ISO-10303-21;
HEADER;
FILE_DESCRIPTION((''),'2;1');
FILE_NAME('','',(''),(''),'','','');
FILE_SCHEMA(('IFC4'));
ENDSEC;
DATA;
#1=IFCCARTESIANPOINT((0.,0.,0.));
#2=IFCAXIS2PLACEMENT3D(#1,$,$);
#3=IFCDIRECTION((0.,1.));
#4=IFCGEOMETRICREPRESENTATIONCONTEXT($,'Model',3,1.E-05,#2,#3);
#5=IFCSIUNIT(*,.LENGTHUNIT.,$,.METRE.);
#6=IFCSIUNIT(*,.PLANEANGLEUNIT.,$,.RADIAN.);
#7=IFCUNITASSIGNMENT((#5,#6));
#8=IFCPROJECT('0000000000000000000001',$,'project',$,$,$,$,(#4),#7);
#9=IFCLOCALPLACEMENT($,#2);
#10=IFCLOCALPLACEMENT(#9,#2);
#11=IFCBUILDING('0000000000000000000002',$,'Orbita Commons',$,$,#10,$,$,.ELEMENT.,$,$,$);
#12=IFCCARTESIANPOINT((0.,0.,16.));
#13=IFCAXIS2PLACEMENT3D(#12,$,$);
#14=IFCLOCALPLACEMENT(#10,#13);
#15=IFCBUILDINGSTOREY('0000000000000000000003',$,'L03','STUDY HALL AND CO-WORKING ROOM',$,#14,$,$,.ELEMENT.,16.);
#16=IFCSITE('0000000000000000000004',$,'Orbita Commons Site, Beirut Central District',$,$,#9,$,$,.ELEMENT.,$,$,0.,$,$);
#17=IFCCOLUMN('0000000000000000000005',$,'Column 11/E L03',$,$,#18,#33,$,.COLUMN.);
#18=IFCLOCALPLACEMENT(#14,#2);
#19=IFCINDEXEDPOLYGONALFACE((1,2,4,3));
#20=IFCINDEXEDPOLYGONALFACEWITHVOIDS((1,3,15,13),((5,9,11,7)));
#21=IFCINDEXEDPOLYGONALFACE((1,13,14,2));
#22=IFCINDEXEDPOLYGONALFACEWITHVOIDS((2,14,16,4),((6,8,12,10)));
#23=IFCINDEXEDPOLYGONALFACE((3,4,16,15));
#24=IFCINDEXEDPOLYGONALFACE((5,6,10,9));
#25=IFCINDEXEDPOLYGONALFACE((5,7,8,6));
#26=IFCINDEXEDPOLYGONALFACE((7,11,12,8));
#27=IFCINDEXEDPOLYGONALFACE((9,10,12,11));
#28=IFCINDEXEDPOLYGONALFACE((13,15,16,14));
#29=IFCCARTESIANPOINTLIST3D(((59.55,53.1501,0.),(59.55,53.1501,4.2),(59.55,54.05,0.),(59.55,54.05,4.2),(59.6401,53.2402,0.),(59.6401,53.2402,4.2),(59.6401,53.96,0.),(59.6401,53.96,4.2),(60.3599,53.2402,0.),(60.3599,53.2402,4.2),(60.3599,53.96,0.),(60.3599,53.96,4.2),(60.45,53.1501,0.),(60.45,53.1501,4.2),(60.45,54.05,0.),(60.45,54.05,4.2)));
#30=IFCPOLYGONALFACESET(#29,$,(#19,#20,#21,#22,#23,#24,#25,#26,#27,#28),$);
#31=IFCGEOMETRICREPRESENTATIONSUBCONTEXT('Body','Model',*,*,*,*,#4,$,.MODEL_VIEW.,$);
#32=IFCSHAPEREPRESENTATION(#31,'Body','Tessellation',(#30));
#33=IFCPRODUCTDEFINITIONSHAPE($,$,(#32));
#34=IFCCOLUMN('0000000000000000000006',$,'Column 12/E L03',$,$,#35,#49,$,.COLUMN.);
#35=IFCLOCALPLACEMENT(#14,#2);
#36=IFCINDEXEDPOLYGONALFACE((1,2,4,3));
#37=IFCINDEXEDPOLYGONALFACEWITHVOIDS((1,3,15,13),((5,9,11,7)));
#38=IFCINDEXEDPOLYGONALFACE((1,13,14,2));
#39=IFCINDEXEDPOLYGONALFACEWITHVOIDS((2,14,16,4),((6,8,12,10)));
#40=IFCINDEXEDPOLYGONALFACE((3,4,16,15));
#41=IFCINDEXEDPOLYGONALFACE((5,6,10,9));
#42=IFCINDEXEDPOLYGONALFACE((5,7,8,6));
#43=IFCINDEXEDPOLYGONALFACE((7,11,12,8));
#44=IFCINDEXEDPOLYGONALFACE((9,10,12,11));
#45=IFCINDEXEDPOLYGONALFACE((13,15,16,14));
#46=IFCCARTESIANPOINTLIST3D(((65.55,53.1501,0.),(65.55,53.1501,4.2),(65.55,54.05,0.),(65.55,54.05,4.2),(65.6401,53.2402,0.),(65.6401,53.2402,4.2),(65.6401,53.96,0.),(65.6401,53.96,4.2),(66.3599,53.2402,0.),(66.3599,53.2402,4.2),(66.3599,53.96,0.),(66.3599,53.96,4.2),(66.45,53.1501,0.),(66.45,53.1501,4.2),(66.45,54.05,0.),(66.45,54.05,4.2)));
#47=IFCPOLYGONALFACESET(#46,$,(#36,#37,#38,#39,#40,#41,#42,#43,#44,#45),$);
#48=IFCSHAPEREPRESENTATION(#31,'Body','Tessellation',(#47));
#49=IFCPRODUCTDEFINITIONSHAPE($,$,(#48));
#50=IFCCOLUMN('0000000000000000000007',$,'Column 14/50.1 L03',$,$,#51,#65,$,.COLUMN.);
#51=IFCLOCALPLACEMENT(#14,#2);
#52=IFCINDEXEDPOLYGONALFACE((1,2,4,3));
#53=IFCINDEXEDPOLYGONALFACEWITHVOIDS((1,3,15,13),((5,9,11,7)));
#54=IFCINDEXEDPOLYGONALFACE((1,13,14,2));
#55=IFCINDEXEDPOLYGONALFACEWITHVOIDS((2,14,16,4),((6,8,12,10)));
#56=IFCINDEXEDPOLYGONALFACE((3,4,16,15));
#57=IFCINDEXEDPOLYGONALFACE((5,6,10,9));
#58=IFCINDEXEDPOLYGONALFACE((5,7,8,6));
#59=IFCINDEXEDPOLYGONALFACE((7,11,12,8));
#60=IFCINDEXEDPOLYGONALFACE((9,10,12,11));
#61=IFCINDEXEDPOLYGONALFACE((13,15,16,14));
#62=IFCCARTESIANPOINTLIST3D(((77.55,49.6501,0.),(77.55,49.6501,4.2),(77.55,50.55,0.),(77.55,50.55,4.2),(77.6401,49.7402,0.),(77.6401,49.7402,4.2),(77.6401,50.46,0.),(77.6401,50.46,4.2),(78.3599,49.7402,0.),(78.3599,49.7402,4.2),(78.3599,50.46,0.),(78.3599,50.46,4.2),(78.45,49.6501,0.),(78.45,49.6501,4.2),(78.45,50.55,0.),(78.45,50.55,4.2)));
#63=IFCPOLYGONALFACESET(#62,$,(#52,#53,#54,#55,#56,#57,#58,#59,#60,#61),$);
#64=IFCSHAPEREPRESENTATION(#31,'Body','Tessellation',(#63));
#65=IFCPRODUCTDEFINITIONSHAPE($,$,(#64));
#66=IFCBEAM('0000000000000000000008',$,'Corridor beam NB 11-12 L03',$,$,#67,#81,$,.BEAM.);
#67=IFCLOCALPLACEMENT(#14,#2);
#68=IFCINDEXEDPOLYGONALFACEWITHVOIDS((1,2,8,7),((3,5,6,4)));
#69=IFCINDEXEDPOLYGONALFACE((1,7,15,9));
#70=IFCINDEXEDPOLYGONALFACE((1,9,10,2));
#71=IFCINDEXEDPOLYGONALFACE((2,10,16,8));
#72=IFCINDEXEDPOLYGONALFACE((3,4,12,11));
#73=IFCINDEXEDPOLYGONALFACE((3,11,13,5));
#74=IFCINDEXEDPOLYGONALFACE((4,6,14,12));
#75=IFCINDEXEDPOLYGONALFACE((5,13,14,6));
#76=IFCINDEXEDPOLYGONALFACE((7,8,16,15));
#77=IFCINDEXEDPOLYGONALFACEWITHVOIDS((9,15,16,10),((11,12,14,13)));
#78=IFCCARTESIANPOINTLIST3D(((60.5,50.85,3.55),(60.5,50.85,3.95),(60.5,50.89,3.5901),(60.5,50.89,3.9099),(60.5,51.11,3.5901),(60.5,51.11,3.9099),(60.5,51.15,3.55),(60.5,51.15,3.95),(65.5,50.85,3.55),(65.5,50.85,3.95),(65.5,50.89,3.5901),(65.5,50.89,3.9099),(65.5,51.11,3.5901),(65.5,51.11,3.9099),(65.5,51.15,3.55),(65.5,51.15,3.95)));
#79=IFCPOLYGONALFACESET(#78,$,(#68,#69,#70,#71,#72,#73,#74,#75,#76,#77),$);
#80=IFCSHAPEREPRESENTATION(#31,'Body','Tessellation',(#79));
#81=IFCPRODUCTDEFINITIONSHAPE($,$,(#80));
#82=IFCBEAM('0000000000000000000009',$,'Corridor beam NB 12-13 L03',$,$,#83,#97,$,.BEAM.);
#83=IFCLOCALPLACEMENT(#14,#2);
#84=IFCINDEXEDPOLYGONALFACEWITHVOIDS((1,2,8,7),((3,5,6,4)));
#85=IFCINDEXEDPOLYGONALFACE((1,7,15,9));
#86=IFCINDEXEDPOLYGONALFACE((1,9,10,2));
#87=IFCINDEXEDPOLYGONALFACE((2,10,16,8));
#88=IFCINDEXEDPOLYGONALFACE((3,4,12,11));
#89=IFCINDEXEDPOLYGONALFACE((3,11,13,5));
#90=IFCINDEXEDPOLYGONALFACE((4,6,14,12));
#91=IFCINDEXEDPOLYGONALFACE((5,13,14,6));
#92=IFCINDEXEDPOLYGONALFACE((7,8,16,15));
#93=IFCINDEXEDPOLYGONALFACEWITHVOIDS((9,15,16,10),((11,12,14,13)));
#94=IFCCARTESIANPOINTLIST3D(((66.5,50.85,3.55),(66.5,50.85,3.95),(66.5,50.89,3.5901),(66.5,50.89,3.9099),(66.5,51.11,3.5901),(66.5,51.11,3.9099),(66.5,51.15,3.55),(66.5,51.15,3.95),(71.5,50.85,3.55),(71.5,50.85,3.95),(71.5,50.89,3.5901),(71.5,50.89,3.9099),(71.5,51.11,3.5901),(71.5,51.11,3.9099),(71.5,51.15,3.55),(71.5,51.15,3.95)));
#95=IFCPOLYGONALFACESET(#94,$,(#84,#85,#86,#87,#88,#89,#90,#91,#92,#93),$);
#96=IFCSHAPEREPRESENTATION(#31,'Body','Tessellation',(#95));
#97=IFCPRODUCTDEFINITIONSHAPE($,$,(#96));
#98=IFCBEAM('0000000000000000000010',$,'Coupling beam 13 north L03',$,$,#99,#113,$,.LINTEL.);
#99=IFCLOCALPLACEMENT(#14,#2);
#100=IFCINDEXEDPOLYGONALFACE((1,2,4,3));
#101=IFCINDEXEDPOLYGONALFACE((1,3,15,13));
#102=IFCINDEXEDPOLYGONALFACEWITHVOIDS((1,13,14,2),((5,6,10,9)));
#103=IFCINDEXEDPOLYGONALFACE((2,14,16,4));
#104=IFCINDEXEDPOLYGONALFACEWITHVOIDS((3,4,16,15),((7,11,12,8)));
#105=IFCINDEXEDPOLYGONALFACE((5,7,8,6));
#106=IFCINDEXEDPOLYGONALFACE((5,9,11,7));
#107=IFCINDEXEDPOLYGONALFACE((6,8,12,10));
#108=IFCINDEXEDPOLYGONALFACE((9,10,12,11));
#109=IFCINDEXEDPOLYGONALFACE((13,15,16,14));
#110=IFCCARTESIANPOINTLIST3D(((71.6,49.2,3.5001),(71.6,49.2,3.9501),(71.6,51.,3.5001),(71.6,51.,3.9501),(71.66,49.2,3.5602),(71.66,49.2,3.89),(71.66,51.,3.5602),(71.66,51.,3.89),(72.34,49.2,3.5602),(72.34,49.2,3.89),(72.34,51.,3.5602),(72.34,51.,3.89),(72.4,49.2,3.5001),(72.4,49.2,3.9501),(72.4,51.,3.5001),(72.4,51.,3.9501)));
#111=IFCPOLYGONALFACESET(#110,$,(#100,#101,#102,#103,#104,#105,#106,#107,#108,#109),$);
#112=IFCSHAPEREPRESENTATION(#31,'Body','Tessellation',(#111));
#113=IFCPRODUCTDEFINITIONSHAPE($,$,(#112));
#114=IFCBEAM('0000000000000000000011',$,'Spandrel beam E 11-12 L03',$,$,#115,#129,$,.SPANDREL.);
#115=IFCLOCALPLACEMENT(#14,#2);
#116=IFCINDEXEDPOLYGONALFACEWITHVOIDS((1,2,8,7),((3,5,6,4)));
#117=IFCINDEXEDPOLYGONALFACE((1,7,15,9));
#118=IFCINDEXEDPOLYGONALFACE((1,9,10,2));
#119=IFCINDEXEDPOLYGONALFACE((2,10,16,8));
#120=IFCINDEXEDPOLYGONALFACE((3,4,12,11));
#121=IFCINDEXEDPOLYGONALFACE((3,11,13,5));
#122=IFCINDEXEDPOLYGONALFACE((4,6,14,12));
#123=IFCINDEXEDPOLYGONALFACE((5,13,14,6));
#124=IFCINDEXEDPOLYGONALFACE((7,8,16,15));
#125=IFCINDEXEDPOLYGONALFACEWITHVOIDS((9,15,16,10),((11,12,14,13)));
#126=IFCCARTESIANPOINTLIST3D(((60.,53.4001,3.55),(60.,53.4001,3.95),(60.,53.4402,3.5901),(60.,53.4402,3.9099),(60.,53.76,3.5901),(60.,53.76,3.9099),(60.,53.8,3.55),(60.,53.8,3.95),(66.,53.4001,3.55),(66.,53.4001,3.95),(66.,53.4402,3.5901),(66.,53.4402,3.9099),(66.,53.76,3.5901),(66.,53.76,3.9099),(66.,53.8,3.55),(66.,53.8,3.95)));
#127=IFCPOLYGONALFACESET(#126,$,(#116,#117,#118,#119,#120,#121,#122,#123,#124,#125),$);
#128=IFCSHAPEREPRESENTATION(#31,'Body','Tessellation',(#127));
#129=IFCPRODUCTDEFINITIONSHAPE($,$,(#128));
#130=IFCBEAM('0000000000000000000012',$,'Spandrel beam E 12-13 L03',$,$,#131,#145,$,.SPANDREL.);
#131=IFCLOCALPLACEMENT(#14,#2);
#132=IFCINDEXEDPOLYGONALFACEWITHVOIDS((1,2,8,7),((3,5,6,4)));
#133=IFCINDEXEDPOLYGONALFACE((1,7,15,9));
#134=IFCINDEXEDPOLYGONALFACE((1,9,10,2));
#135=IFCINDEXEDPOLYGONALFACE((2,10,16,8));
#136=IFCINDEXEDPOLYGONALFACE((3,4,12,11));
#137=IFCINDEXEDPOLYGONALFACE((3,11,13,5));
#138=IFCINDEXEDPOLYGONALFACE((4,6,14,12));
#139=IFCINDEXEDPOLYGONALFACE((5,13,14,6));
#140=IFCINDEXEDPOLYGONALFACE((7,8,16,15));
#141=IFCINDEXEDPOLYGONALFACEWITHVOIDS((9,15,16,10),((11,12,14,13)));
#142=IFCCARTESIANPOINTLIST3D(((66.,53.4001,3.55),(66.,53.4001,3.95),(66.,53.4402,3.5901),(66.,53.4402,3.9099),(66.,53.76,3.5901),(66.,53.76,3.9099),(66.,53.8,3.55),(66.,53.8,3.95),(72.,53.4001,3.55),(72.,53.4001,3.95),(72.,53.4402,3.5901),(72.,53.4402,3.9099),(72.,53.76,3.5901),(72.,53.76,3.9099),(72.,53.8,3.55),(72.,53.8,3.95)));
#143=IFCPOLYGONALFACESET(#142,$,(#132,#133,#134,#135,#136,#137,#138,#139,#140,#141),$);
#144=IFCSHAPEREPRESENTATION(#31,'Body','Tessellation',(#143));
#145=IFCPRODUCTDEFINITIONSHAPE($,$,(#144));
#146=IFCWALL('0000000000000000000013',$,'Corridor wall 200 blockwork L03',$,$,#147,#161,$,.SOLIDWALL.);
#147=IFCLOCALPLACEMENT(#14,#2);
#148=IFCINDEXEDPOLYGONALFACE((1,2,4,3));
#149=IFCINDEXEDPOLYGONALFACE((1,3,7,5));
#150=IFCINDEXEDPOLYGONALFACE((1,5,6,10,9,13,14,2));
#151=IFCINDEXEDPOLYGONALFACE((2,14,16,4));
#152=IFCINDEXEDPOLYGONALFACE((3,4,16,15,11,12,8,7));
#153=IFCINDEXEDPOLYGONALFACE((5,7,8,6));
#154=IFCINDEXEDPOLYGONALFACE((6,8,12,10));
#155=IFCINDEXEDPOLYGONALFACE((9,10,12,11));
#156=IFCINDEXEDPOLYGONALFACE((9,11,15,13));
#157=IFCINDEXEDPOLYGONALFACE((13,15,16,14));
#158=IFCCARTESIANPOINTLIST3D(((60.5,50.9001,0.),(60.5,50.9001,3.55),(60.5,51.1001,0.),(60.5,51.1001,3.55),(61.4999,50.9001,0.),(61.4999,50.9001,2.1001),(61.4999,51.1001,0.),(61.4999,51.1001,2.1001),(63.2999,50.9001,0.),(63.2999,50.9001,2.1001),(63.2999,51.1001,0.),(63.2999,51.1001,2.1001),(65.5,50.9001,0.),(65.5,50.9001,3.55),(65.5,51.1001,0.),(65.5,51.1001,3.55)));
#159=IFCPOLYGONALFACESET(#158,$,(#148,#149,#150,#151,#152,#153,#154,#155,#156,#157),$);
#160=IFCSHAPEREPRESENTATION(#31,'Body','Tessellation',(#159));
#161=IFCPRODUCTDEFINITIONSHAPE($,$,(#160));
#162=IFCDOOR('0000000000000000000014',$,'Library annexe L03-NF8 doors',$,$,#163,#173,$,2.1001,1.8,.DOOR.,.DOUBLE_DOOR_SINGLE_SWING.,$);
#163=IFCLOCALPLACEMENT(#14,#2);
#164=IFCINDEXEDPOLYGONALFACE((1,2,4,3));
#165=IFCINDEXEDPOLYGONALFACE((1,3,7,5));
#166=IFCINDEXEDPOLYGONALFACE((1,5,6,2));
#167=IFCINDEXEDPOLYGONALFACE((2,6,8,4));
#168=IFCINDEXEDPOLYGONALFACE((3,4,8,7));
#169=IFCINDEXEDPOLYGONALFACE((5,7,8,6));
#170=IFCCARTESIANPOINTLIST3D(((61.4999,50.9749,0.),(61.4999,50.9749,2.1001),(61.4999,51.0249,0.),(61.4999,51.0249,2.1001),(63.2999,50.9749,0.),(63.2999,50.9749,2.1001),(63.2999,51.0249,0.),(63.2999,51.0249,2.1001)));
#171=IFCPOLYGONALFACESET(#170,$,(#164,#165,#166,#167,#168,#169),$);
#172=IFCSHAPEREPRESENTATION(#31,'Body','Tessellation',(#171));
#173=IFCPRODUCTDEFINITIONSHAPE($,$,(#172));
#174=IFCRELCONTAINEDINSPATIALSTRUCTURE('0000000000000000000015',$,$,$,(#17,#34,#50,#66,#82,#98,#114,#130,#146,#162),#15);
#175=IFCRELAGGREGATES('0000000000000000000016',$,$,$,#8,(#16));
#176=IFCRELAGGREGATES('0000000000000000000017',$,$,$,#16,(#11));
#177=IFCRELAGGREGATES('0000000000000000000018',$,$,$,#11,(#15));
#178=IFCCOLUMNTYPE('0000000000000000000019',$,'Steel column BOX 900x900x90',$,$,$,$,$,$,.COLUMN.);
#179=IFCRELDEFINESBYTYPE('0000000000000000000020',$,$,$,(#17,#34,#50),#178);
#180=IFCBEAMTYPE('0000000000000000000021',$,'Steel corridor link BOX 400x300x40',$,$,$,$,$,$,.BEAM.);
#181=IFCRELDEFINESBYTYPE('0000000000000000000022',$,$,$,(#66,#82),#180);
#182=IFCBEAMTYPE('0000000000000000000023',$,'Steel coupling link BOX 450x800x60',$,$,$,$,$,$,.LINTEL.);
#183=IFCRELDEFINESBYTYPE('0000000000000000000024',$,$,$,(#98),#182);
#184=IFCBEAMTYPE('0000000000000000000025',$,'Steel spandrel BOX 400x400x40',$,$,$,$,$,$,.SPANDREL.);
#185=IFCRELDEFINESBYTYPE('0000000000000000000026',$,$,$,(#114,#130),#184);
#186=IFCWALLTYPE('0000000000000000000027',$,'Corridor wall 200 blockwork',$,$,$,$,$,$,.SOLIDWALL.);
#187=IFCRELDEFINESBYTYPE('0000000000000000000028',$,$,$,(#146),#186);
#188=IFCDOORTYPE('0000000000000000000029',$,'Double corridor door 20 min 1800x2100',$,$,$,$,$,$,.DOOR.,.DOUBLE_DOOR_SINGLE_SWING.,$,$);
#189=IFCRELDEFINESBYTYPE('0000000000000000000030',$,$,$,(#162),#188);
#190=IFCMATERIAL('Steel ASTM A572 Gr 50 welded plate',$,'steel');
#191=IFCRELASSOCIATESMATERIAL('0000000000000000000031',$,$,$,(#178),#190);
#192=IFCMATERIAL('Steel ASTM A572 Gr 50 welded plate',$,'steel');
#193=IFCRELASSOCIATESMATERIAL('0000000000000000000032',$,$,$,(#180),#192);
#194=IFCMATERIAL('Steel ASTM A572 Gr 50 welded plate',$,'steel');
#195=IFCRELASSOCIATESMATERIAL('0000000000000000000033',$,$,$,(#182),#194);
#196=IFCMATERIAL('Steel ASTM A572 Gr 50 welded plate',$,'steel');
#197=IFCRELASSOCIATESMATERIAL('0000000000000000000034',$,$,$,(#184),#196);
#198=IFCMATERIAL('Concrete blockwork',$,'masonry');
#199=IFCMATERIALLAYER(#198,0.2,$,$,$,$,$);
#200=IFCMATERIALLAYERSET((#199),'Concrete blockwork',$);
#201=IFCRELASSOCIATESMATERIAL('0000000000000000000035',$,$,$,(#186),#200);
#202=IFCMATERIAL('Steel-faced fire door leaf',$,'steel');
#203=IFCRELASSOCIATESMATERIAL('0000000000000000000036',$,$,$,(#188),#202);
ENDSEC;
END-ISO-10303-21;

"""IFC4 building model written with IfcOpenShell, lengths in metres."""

from ifc_helpers import new_model, si_unit, direction, frame, frame_2d, origin, origin_2d, place, context, subcontext, project, spatial, polyline, rectangle, hollow_rectangle, outline, extrude, material, layer, layer_set, material_profile, profile_set, type_object, element, fill, save


model = new_model("IFC4")

# Units and contexts
model_context = context("Model", 3, precision=1e-05, world=origin(), true_north=direction((0.0, 1.0)))
body_context = subcontext(model_context, "Body", "Model", "MODEL_VIEW")
ifc_project = project(units=[si_unit("LENGTHUNIT", "METRE"), si_unit("PLANEANGLEUNIT", "RADIAN")], contexts=[model_context])

# Site, building, storey
site_placement = place(None, origin())
site = spatial("IfcSite", under=ifc_project, at=site_placement, Name="Orbita Commons Site, Beirut Central District", CompositionType="ELEMENT", RefElevation=0.0)
building_placement = place(site_placement, origin())
building = spatial("IfcBuilding", under=site, at=building_placement, Name="Orbita Commons", CompositionType="ELEMENT")
storey_placement = place(building_placement, frame((0.0, 0.0, 16.0)))
storey = spatial("IfcBuildingStorey", under=building, at=storey_placement, Name="L03", Description="STUDY HALL AND CO-WORKING ROOM", CompositionType="ELEMENT", Elevation=16.0)

# Columns
ifc_material_1 = material(Name="Steel ASTM A572 Gr 50 welded plate", Category="steel")
ifc_material_profile_1 = material_profile(ifc_material_1, hollow_rectangle(XDim=0.8999, YDim=0.8999, WallThickness=0.0901, at=origin_2d()), Name="BOX 900x900x90")
ifc_profile_set_1 = profile_set([ifc_material_profile_1], Name="Steel ASTM A572 Gr 50 welded plate")
column_type = type_object("IfcColumnType", Name="Steel column BOX 900x900x90", PredefinedType="COLUMN", material=ifc_profile_set_1)
for number, where, z_axis, x_axis, name in (
    (1, (60.0, 53.6001, 0.0), (0.0, 0.0, 1.0), (1.0, 0.0, 0.0), "Column 11/E L03"),
    (2, (66.0, 53.6001, 0.0), (0.0, 0.0, 1.0), (1.0, 0.0, 0.0), "Column 12/E L03"),
    (3, (78.0, 50.1001, 0.0), (0.0, 0.0, 1.0), (1.0, 0.0, 0.0), "Column 14/50.1 L03"),
):
    element("IfcColumn", number, at=place(storey_placement, frame(where, z_axis=z_axis, x_axis=x_axis)), inside=storey, type_object=column_type, Name=name, PredefinedType="COLUMN", context=body_context, shape_type="SweptSolid", body=[
        extrude(hollow_rectangle(XDim=0.8999, YDim=0.8999, WallThickness=0.0901, at=origin_2d()), origin(), (0.0, 0.0, 1.0), 4.2),
    ])

# Beams
ifc_material_2 = material(Name="Steel ASTM A572 Gr 50 welded plate", Category="steel")
ifc_material_profile_2 = material_profile(ifc_material_2, hollow_rectangle(XDim=0.3, YDim=0.3999, WallThickness=0.04, at=origin_2d()), Name="BOX 400x300x40")
ifc_profile_set_2 = profile_set([ifc_material_profile_2], Name="Steel ASTM A572 Gr 50 welded plate")
beam_type_1 = type_object("IfcBeamType", Name="Steel corridor link BOX 400x300x40", PredefinedType="BEAM", material=ifc_profile_set_2)
for number, where, z_axis, x_axis, name in (
    (4, (60.5, 51.0, 3.75), (1.0, 0.0, 0.0), (0.0, 1.0, 0.0), "Corridor beam NB 11-12 L03"),
    (5, (66.5, 51.0, 3.75), (1.0, 0.0, 0.0), (0.0, 1.0, 0.0), "Corridor beam NB 12-13 L03"),
):
    element("IfcBeam", number, at=place(storey_placement, frame(where, z_axis=z_axis, x_axis=x_axis)), inside=storey, type_object=beam_type_1, Name=name, PredefinedType="BEAM", context=body_context, shape_type="SweptSolid", body=[
        extrude(hollow_rectangle(XDim=0.3, YDim=0.3999, WallThickness=0.04, at=origin_2d()), origin(), (0.0, 0.0, 1.0), 5.0),
    ])
ifc_material_3 = material(Name="Steel ASTM A572 Gr 50 welded plate", Category="steel")
ifc_material_profile_3 = material_profile(ifc_material_3, hollow_rectangle(XDim=0.8, YDim=0.45, WallThickness=0.0601, at=origin_2d()), Name="BOX 450x800x60")
ifc_profile_set_3 = profile_set([ifc_material_profile_3], Name="Steel ASTM A572 Gr 50 welded plate")
beam_type_2 = type_object("IfcBeamType", Name="Steel coupling link BOX 450x800x60", PredefinedType="LINTEL", material=ifc_profile_set_3)
beam_placement = place(storey_placement, frame((72.0, 49.2, 3.7251), z_axis=(0.0, 1.0, 0.0), x_axis=(-1.0, 0.0, 0.0)))
element("IfcBeam", 6, at=beam_placement, inside=storey, type_object=beam_type_2, Name="Coupling beam 13 north L03", PredefinedType="LINTEL", context=body_context, shape_type="SweptSolid", body=[
    extrude(hollow_rectangle(XDim=0.8, YDim=0.45, WallThickness=0.0601, at=origin_2d()), origin(), (0.0, 0.0, 1.0), 1.8),
])
ifc_material_4 = material(Name="Steel ASTM A572 Gr 50 welded plate", Category="steel")
ifc_material_profile_4 = material_profile(ifc_material_4, hollow_rectangle(XDim=0.3999, YDim=0.3999, WallThickness=0.04, at=origin_2d()), Name="BOX 400x400x40")
ifc_profile_set_4 = profile_set([ifc_material_profile_4], Name="Steel ASTM A572 Gr 50 welded plate")
beam_type_3 = type_object("IfcBeamType", Name="Steel spandrel BOX 400x400x40", PredefinedType="SPANDREL", material=ifc_profile_set_4)
for number, where, z_axis, x_axis, name in (
    (7, (60.0, 53.6001, 3.75), (1.0, 0.0, 0.0), (0.0, 1.0, 0.0), "Spandrel beam E 11-12 L03"),
    (8, (66.0, 53.6001, 3.75), (1.0, 0.0, 0.0), (0.0, 1.0, 0.0), "Spandrel beam E 12-13 L03"),
):
    element("IfcBeam", number, at=place(storey_placement, frame(where, z_axis=z_axis, x_axis=x_axis)), inside=storey, type_object=beam_type_3, Name=name, PredefinedType="SPANDREL", context=body_context, shape_type="SweptSolid", body=[
        extrude(hollow_rectangle(XDim=0.3999, YDim=0.3999, WallThickness=0.04, at=origin_2d()), origin(), (0.0, 0.0, 1.0), 6.0),
    ])

# Wall, opening, door
ifc_material_5 = material(Name="Concrete blockwork", Category="masonry")
ifc_layer_1 = layer(ifc_material_5, 0.2)
ifc_layer_set_1 = layer_set([ifc_layer_1], Name="Concrete blockwork")
wall_type_1 = type_object("IfcWallType", Name="Corridor wall 200 blockwork", PredefinedType="SOLIDWALL", material=ifc_layer_set_1)
wall_1_placement = place(storey_placement, frame((60.5, 51.0, 0.0), z_axis=(0.0, 0.0, 1.0), x_axis=(1.0, 0.0, 0.0)))
wall_1 = element("IfcWall", 9, at=wall_1_placement, inside=storey, type_object=wall_type_1, Name="Corridor wall 200 blockwork L03", PredefinedType="SOLIDWALL", context=body_context, shape_type="SweptSolid", body=[
    extrude(outline(polyline([(0.0, 0.0), (5.0, 0.0), (5.0, 3.55), (0.0, 3.55), (0.0, 0.0)])), frame((0.0, 0.1001, 0.0), z_axis=(0.0, -1.0, 0.0), x_axis=(1.0, 0.0, 0.0)), (0.0, 0.0, 1.0), 0.2),
])
opening_1_placement = place(wall_1_placement, frame((1.0, 0.0, 0.0)))
opening_1 = element("IfcOpeningElement", 10, at=opening_1_placement, cuts=wall_1, PredefinedType="OPENING", context=body_context, shape_type="SweptSolid", body=[
    extrude(rectangle(XDim=1.8, YDim=2.1001, at=frame_2d((0.8999, 1.05))), frame((0.0, 0.1099, 0.0), z_axis=(0.0, -1.0, 0.0), x_axis=(1.0, 0.0, 0.0)), (0.0, 0.0, 1.0), 0.22),
])
ifc_material_6 = material(Name="Steel-faced fire door leaf", Category="steel")
door_type_1 = type_object("IfcDoorType", Name="Double corridor door 20 min 1800x2100", OperationType="DOUBLE_DOOR_SINGLE_SWING", PredefinedType="DOOR", material=ifc_material_6)
door_1_placement = place(opening_1_placement, origin())
door_1 = element("IfcDoor", 11, at=door_1_placement, inside=storey, type_object=door_type_1, Name="Library annexe L03-NF8 doors", OperationType="DOUBLE_DOOR_SINGLE_SWING", OverallHeight=2.1001, OverallWidth=1.8, PredefinedType="DOOR", context=body_context, shape_type="SweptSolid", body=[
    extrude(rectangle(XDim=1.8, YDim=2.1001, at=frame_2d((0.8999, 1.05))), frame((0.0, 0.0249, 0.0), z_axis=(0.0, -1.0, 0.0), x_axis=(1.0, 0.0, 0.0)), (0.0, 0.0, 1.0), 0.05),
])
fill(opening_1, door_1)

save(model, "model.ifc")
